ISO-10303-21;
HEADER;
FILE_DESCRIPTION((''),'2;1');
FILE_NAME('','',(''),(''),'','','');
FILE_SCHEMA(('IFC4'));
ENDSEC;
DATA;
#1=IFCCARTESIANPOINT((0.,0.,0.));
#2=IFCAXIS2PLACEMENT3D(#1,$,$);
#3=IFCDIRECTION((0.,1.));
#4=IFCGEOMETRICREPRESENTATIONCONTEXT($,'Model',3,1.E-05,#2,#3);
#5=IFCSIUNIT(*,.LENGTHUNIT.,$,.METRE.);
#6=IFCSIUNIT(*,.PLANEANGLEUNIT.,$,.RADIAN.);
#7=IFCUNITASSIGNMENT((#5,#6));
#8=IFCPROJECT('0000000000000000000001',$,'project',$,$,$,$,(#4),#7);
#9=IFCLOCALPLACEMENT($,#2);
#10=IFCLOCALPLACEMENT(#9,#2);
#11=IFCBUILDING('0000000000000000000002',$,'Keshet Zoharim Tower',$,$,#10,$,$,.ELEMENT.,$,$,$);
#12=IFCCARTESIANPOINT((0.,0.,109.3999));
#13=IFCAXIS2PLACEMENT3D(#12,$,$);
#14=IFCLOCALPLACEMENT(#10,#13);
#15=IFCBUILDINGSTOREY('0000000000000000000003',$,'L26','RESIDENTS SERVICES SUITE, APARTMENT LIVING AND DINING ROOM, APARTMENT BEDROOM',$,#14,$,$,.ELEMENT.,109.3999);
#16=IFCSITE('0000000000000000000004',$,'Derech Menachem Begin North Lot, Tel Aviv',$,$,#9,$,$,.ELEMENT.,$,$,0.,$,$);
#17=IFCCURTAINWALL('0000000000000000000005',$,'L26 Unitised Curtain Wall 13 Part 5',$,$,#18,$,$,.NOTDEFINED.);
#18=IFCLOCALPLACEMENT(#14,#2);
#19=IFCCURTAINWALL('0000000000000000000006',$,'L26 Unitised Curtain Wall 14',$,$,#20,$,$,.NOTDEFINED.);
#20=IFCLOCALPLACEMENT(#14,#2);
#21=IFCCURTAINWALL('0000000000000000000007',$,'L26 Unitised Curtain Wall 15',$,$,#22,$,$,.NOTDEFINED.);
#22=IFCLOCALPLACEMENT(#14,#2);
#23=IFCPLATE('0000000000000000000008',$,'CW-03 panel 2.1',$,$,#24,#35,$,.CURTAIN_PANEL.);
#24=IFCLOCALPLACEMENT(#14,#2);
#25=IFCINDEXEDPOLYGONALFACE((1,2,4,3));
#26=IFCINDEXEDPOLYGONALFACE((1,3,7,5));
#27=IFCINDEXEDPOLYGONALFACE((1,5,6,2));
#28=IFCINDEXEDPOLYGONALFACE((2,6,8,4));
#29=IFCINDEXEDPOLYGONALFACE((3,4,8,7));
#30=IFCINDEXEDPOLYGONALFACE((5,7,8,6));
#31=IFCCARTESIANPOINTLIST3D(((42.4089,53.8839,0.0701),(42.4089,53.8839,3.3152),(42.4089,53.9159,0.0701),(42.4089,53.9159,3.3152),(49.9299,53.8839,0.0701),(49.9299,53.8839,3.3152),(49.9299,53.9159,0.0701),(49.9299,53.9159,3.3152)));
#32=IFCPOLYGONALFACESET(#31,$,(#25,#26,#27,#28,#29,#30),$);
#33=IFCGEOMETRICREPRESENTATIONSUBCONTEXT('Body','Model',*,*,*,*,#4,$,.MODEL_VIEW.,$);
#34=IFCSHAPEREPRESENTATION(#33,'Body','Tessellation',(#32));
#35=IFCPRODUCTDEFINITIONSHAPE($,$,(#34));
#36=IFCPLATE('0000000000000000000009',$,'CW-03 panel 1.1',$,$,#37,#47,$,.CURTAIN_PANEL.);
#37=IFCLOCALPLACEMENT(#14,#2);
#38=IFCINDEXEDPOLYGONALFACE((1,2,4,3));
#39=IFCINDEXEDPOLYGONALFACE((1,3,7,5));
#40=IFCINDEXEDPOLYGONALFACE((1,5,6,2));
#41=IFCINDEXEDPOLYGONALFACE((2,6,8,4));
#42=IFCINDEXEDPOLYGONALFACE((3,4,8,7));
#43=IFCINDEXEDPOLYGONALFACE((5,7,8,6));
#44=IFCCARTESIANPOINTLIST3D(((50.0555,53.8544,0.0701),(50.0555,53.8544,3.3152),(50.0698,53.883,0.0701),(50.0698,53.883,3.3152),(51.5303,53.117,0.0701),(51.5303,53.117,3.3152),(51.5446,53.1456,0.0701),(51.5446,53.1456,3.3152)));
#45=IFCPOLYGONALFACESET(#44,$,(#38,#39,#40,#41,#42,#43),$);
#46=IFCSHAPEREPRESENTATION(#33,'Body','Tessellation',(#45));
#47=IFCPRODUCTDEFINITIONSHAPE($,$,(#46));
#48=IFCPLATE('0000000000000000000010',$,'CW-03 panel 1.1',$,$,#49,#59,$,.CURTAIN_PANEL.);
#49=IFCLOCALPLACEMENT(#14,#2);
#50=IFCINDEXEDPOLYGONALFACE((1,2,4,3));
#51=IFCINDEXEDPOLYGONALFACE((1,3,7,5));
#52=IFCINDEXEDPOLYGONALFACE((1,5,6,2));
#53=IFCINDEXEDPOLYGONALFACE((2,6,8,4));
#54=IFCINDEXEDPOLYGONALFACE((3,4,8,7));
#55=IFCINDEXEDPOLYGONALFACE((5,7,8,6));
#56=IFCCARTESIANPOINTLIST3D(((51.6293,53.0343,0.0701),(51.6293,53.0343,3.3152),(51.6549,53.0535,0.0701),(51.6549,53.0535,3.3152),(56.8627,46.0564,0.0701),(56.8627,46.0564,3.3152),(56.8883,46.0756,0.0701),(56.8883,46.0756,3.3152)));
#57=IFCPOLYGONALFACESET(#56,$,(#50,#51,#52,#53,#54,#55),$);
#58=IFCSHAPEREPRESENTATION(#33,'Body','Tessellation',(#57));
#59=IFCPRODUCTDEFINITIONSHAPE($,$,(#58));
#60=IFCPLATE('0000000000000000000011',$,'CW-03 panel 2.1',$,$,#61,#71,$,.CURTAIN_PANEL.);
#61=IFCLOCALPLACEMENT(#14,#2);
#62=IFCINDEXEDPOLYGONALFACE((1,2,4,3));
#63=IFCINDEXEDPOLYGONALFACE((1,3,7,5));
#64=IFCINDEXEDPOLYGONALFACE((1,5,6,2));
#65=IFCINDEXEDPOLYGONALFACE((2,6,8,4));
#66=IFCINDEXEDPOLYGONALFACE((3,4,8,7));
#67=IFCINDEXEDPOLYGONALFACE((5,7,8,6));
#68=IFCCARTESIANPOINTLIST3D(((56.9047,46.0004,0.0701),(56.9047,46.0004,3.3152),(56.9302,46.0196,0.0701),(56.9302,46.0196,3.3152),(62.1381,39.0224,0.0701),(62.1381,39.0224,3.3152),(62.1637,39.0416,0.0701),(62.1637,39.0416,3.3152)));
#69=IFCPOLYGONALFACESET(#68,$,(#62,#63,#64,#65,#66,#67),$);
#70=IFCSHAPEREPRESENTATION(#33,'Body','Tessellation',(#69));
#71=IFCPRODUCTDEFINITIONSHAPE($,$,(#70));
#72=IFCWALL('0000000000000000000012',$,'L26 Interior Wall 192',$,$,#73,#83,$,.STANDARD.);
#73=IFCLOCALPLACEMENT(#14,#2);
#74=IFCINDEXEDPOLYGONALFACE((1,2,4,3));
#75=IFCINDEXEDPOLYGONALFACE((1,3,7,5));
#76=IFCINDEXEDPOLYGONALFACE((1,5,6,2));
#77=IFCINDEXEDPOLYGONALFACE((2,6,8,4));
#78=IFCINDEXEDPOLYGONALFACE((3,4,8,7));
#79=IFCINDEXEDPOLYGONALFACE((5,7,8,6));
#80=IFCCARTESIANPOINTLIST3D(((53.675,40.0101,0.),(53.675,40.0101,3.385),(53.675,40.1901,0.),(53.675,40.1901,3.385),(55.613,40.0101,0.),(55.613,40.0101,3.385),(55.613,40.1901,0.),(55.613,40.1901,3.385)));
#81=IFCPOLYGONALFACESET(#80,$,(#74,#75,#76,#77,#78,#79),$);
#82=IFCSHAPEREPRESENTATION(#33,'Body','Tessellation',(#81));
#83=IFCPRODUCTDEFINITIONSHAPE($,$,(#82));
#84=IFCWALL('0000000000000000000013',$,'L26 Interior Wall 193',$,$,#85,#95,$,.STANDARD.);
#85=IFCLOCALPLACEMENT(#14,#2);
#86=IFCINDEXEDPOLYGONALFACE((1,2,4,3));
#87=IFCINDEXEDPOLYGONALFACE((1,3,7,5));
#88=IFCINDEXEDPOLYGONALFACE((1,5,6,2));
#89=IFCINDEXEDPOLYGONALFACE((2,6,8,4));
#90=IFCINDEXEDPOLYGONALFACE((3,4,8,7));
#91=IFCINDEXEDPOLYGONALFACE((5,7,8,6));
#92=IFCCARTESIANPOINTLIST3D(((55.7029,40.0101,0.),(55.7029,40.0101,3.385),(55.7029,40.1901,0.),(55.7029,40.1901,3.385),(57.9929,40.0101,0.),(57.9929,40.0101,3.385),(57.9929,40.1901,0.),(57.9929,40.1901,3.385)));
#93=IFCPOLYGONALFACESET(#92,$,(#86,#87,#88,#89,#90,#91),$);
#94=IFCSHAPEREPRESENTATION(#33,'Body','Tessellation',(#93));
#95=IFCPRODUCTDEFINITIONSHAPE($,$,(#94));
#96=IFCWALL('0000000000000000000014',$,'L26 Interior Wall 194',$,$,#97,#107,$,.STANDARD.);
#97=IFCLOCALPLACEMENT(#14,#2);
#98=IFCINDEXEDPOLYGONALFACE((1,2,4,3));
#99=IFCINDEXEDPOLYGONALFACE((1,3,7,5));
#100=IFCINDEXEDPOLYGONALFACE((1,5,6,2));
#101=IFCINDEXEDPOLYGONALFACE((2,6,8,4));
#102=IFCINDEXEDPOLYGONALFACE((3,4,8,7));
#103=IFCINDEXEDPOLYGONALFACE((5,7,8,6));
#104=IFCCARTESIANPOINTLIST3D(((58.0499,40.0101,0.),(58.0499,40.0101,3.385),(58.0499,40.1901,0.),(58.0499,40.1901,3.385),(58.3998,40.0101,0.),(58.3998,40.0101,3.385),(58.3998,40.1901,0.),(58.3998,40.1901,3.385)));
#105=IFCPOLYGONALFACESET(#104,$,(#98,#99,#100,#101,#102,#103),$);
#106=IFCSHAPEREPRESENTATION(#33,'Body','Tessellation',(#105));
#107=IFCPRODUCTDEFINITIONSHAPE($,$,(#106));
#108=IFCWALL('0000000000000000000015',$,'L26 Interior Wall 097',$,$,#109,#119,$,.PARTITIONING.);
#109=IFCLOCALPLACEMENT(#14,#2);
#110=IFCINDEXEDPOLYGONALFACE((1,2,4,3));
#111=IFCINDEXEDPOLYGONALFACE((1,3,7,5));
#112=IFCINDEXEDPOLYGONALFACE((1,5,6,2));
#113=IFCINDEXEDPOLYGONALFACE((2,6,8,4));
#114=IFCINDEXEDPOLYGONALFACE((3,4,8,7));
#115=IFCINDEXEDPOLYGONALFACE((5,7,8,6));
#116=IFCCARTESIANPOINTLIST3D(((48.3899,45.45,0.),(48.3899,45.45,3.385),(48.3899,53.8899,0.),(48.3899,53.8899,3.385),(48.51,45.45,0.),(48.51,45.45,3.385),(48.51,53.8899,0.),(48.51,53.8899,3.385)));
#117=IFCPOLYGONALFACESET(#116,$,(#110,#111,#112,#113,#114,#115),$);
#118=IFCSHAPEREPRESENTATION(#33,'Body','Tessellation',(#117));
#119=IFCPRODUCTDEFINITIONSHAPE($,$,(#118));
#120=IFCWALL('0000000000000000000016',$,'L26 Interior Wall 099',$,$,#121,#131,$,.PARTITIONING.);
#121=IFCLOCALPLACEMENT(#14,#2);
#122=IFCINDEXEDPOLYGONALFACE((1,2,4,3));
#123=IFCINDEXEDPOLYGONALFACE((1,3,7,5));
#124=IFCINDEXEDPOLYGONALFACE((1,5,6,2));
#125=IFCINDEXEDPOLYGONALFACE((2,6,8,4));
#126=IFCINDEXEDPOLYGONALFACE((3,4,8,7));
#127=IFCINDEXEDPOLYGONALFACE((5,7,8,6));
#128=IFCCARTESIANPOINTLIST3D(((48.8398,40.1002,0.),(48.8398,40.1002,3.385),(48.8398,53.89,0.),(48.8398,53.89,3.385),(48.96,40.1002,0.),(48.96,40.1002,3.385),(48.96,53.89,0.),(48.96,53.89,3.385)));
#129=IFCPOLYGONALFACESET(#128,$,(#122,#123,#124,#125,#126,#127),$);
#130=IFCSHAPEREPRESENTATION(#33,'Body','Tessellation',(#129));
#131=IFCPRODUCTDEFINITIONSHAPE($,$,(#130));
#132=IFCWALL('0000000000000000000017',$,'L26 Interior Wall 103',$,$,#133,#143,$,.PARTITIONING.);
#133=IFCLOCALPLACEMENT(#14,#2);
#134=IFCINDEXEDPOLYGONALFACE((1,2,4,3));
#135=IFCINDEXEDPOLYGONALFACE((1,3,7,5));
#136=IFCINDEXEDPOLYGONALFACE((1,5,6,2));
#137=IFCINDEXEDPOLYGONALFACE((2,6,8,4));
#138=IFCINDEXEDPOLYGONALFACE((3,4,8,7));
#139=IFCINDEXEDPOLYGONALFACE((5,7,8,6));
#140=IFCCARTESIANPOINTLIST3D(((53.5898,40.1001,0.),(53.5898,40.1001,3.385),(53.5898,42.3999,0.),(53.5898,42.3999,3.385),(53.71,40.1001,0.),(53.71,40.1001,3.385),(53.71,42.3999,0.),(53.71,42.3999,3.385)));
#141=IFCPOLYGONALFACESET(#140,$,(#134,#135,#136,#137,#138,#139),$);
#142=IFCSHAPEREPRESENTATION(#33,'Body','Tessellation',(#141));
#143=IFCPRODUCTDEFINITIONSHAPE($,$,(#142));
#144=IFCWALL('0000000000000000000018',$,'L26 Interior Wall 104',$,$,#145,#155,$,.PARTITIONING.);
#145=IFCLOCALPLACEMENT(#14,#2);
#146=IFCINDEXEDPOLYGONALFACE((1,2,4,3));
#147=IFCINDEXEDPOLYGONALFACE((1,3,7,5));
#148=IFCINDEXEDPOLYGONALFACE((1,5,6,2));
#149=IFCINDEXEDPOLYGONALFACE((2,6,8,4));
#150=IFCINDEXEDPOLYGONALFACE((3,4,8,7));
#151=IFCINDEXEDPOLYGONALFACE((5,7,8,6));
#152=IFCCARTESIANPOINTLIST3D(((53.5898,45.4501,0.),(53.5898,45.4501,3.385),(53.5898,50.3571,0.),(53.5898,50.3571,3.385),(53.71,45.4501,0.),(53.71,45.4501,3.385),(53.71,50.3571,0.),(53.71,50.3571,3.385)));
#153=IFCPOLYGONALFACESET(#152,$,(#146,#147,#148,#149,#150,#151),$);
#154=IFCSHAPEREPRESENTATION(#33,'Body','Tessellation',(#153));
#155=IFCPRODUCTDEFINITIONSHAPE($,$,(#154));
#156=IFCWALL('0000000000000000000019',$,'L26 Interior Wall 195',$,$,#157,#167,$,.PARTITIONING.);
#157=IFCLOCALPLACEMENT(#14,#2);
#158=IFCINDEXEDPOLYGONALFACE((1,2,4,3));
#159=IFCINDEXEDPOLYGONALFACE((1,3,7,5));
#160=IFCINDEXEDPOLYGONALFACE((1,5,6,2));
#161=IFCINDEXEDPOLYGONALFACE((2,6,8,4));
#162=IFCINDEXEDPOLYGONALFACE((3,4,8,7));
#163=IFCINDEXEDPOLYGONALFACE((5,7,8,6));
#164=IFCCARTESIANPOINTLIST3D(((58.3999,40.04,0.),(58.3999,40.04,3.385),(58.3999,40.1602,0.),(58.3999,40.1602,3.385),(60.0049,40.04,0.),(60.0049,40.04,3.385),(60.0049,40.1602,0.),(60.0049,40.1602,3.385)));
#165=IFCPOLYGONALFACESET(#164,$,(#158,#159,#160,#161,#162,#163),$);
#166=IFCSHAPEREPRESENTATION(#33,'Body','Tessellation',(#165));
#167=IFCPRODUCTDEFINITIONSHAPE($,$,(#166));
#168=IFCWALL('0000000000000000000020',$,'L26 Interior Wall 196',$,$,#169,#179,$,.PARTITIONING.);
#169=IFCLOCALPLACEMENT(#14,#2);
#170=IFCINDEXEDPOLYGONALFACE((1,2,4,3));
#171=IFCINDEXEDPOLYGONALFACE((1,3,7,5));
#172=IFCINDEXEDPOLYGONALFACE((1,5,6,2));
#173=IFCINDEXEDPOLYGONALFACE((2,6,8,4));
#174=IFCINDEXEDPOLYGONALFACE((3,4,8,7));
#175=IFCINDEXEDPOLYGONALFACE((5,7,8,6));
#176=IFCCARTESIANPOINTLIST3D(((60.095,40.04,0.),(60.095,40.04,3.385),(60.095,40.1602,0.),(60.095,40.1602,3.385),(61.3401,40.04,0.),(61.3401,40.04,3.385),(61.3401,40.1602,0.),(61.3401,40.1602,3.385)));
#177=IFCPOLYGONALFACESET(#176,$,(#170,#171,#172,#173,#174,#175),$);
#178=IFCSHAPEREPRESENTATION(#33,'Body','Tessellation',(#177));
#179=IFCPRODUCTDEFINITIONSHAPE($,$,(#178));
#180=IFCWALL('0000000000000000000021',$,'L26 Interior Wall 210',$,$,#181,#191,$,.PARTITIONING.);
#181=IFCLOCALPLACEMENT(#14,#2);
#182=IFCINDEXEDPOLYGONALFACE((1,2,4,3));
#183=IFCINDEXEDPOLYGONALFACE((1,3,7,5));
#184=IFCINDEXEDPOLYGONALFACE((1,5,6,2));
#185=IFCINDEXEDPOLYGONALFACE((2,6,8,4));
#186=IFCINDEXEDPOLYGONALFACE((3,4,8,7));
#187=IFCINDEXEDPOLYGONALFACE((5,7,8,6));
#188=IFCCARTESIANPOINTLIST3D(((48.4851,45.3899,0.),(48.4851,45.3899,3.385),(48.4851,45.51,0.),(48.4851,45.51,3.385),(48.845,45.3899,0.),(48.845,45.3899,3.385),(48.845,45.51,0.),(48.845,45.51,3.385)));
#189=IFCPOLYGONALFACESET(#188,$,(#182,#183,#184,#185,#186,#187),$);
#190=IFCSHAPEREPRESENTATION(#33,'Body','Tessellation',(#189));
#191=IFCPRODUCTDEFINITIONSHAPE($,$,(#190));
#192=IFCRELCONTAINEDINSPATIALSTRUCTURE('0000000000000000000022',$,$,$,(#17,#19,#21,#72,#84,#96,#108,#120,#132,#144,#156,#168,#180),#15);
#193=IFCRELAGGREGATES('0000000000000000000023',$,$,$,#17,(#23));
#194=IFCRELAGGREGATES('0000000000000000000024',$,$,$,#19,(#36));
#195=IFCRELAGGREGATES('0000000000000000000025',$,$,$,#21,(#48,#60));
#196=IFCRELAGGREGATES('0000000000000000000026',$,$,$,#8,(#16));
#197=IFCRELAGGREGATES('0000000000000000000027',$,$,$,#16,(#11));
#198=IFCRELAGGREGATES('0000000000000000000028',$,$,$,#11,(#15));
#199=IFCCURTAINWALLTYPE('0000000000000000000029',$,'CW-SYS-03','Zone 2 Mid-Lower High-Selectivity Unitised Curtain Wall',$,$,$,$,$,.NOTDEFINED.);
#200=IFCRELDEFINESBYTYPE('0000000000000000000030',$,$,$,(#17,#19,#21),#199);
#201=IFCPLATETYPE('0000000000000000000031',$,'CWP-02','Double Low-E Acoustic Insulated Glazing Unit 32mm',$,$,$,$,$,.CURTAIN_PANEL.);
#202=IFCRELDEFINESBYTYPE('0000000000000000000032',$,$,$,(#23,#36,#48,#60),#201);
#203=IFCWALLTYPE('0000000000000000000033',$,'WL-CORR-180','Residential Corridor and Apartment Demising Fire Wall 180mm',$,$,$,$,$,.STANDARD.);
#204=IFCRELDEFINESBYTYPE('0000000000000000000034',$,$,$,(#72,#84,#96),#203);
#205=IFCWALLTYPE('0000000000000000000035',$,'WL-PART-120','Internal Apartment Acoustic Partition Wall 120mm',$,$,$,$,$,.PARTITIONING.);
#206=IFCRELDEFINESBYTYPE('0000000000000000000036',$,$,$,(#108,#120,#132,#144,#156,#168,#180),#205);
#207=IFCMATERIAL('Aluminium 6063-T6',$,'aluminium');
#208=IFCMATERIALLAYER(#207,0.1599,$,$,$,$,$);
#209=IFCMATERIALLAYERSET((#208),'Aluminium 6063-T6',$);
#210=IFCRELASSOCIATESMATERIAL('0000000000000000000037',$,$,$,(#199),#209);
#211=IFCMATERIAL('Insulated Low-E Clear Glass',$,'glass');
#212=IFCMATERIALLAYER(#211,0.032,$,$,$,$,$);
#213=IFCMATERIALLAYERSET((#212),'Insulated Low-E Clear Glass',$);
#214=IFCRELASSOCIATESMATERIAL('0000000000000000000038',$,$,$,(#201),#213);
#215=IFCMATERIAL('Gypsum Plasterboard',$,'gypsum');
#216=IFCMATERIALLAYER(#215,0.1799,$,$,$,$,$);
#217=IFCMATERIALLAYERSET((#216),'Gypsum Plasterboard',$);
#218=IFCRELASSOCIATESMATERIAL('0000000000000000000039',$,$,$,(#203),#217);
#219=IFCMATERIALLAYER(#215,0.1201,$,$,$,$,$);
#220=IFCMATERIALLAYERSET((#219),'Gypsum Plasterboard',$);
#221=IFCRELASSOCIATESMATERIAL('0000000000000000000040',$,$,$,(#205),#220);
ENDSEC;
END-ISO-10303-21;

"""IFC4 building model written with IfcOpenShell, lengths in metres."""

from ifc_helpers import new_model, si_unit, direction, frame, frame_2d, origin, origin_2d, place, context, subcontext, project, spatial, rectangle, extrude, material, layer, layer_set, type_object, element, aggregate, save


model = new_model("IFC4")

# Units and contexts
model_context = context("Model", 3, precision=1e-05, world=origin(), true_north=direction((0.0, 1.0)))
body_context = subcontext(model_context, "Body", "Model", "MODEL_VIEW")
ifc_project = project(units=[si_unit("LENGTHUNIT", "METRE"), si_unit("PLANEANGLEUNIT", "RADIAN")], contexts=[model_context])

# Site, building, storey
site_placement = place(None, origin())
site = spatial("IfcSite", under=ifc_project, at=site_placement, Name="Derech Menachem Begin North Lot, Tel Aviv", CompositionType="ELEMENT", RefElevation=0.0)
building_placement = place(site_placement, origin())
building = spatial("IfcBuilding", under=site, at=building_placement, Name="Keshet Zoharim Tower", CompositionType="ELEMENT")
storey_placement = place(building_placement, frame((0.0, 0.0, 109.3999)))
storey = spatial("IfcBuildingStorey", under=building, at=storey_placement, Name="L26", Description="RESIDENTS SERVICES SUITE, APARTMENT LIVING AND DINING ROOM, APARTMENT BEDROOM", CompositionType="ELEMENT", Elevation=109.3999)

# Curtain wall
ifc_material_1 = material(Name="Aluminium 6063-T6", Category="aluminium")
ifc_layer_1 = layer(ifc_material_1, 0.1599)
ifc_layer_set_1 = layer_set([ifc_layer_1], Name="Aluminium 6063-T6")
curtain_wall_type = type_object("IfcCurtainWallType", Name="CW-SYS-03", Description="Zone 2 Mid-Lower High-Selectivity Unitised Curtain Wall", PredefinedType="NOTDEFINED", material=ifc_layer_set_1)
curtain_wall_1_placement = place(storey_placement, origin())
curtain_wall_1 = element("IfcCurtainWall", 1, at=curtain_wall_1_placement, inside=storey, type_object=curtain_wall_type, Name="L26 Unitised Curtain Wall 13 Part 5", PredefinedType="NOTDEFINED")

# Curtain walls
curtain_wall_2_placement = place(storey_placement, origin())
curtain_wall_2 = element("IfcCurtainWall", 2, at=curtain_wall_2_placement, inside=storey, type_object=curtain_wall_type, Name="L26 Unitised Curtain Wall 14", PredefinedType="NOTDEFINED")
curtain_wall_3_placement = place(storey_placement, origin())
curtain_wall_3 = element("IfcCurtainWall", 3, at=curtain_wall_3_placement, inside=storey, type_object=curtain_wall_type, Name="L26 Unitised Curtain Wall 15", PredefinedType="NOTDEFINED")

# Plates
ifc_material_2 = material(Name="Insulated Low-E Clear Glass", Category="glass")
ifc_layer_2 = layer(ifc_material_2, 0.032)
ifc_layer_set_2 = layer_set([ifc_layer_2], Name="Insulated Low-E Clear Glass")
plate_type = type_object("IfcPlateType", Name="CWP-02", Description="Double Low-E Acoustic Insulated Glazing Unit 32mm", PredefinedType="CURTAIN_PANEL", material=ifc_layer_set_2)
plate_1_placement = place(storey_placement, frame((46.1694, 53.8999, 0.0701), z_axis=(0.0, 0.0, 1.0), x_axis=(1.0, 0.0, 0.0)))
plate_1 = element("IfcPlate", 4, at=plate_1_placement, type_object=plate_type, Name="CW-03 panel 2.1", PredefinedType="CURTAIN_PANEL", context=body_context, shape_type="SweptSolid", body=[
    extrude(rectangle(XDim=7.521, YDim=0.032, at=origin_2d()), origin(), (0.0, 0.0, 1.0), 3.2451),
])
aggregate(curtain_wall_1, [plate_1])
plate_2_placement = place(storey_placement, frame((50.8, 53.5, 0.0701), z_axis=(0.0, 0.0, 1.0), x_axis=(0.894427, -0.447214, 0.0)))
plate_2 = element("IfcPlate", 5, at=plate_2_placement, type_object=plate_type, Name="CW-03 panel 1.1", PredefinedType="CURTAIN_PANEL", context=body_context, shape_type="SweptSolid", body=[
    extrude(rectangle(XDim=1.6489, YDim=0.032, at=origin_2d()), origin(), (0.0, 0.0, 1.0), 3.2451),
])
aggregate(curtain_wall_2, [plate_2])
plate_3_placement = place(storey_placement, frame((54.2588, 49.5549, 0.0701), z_axis=(0.0, 0.0, 1.0), x_axis=(0.6, -0.8, 0.0)))
plate_3 = element("IfcPlate", 6, at=plate_3_placement, type_object=plate_type, Name="CW-03 panel 1.1", PredefinedType="CURTAIN_PANEL", context=body_context, shape_type="SweptSolid", body=[
    extrude(rectangle(XDim=8.7224, YDim=0.032, at=origin_2d()), origin(), (0.0, 0.0, 1.0), 3.2451),
])
plate_4_placement = place(storey_placement, frame((59.5342, 42.521, 0.0701), z_axis=(0.0, 0.0, 1.0), x_axis=(0.6, -0.8, 0.0)))
plate_4 = element("IfcPlate", 7, at=plate_4_placement, type_object=plate_type, Name="CW-03 panel 2.1", PredefinedType="CURTAIN_PANEL", context=body_context, shape_type="SweptSolid", body=[
    extrude(rectangle(XDim=8.7224, YDim=0.032, at=origin_2d()), origin(), (0.0, 0.0, 1.0), 3.2451),
])
aggregate(curtain_wall_3, [plate_3, plate_4])

# Walls
ifc_material_3 = material(Name="Gypsum Plasterboard", Category="gypsum")
ifc_layer_3 = layer(ifc_material_3, 0.1799)
ifc_layer_set_3 = layer_set([ifc_layer_3], Name="Gypsum Plasterboard")
wall_type_1 = type_object("IfcWallType", Name="WL-CORR-180", Description="Residential Corridor and Apartment Demising Fire Wall 180mm", PredefinedType="STANDARD", material=ifc_layer_set_3)
wall_1_placement = place(storey_placement, frame((53.675, 40.1001, 0.0), z_axis=(0.0, 0.0, 1.0), x_axis=(1.0, 0.0, 0.0)))
element("IfcWall", 8, at=wall_1_placement, inside=storey, type_object=wall_type_1, Name="L26 Interior Wall 192", PredefinedType="STANDARD", context=body_context, shape_type="SweptSolid", body=[
    extrude(rectangle(XDim=1.938, YDim=0.1799, at=frame_2d((0.969, 0.0))), origin(), (0.0, 0.0, 1.0), 3.385),
])
wall_2_placement = place(storey_placement, frame((55.7029, 40.1001, 0.0), z_axis=(0.0, 0.0, 1.0), x_axis=(1.0, 0.0, 0.0)))
element("IfcWall", 9, at=wall_2_placement, inside=storey, type_object=wall_type_1, Name="L26 Interior Wall 193", PredefinedType="STANDARD", context=body_context, shape_type="SweptSolid", body=[
    extrude(rectangle(XDim=2.29, YDim=0.1799, at=frame_2d((1.145, 0.0))), origin(), (0.0, 0.0, 1.0), 3.385),
])
wall_3_placement = place(storey_placement, frame((58.05, 40.1001, 0.0), z_axis=(0.0, 0.0, 1.0), x_axis=(1.0, 0.0, 0.0)))
element("IfcWall", 10, at=wall_3_placement, inside=storey, type_object=wall_type_1, Name="L26 Interior Wall 194", PredefinedType="STANDARD", context=body_context, shape_type="SweptSolid", body=[
    extrude(rectangle(XDim=0.3499, YDim=0.1799, at=frame_2d((0.1748, 0.0))), origin(), (0.0, 0.0, 1.0), 3.385),
])
ifc_layer_4 = layer(ifc_material_3, 0.1201)
ifc_layer_set_4 = layer_set([ifc_layer_4], Name="Gypsum Plasterboard")
wall_type_2 = type_object("IfcWallType", Name="WL-PART-120", Description="Internal Apartment Acoustic Partition Wall 120mm", PredefinedType="PARTITIONING", material=ifc_layer_set_4)
wall_4_placement = place(storey_placement, frame((48.45, 45.45, 0.0), z_axis=(0.0, 0.0, 1.0), x_axis=(0.0, 1.0, 0.0)))
element("IfcWall", 11, at=wall_4_placement, inside=storey, type_object=wall_type_2, Name="L26 Interior Wall 097", PredefinedType="PARTITIONING", context=body_context, shape_type="SweptSolid", body=[
    extrude(rectangle(XDim=8.4399, YDim=0.1201, at=frame_2d((4.22, 0.0))), origin(), (0.0, 0.0, 1.0), 3.385),
])
wall_5_placement = place(storey_placement, frame((48.8999, 40.1001, 0.0), z_axis=(0.0, 0.0, 1.0), x_axis=(0.0, 1.0, 0.0)))
element("IfcWall", 12, at=wall_5_placement, inside=storey, type_object=wall_type_2, Name="L26 Interior Wall 099", PredefinedType="PARTITIONING", context=body_context, shape_type="SweptSolid", body=[
    extrude(rectangle(XDim=13.7898, YDim=0.1201, at=frame_2d((6.895, 0.0))), origin(), (0.0, 0.0, 1.0), 3.385),
])
wall_6_placement = place(storey_placement, frame((53.6499, 40.1001, 0.0), z_axis=(0.0, 0.0, 1.0), x_axis=(0.0, 1.0, 0.0)))
element("IfcWall", 13, at=wall_6_placement, inside=storey, type_object=wall_type_2, Name="L26 Interior Wall 103", PredefinedType="PARTITIONING", context=body_context, shape_type="SweptSolid", body=[
    extrude(rectangle(XDim=2.2998, YDim=0.1201, at=frame_2d((1.1499, 0.0))), origin(), (0.0, 0.0, 1.0), 3.385),
])
wall_7_placement = place(storey_placement, frame((53.6499, 45.45, 0.0), z_axis=(0.0, 0.0, 1.0), x_axis=(0.0, 1.0, 0.0)))
element("IfcWall", 14, at=wall_7_placement, inside=storey, type_object=wall_type_2, Name="L26 Interior Wall 104", PredefinedType="PARTITIONING", context=body_context, shape_type="SweptSolid", body=[
    extrude(rectangle(XDim=4.907, YDim=0.1201, at=frame_2d((2.4536, 0.0))), origin(), (0.0, 0.0, 1.0), 3.385),
])
wall_8_placement = place(storey_placement, frame((58.3999, 40.1001, 0.0), z_axis=(0.0, 0.0, 1.0), x_axis=(1.0, 0.0, 0.0)))
element("IfcWall", 15, at=wall_8_placement, inside=storey, type_object=wall_type_2, Name="L26 Interior Wall 195", PredefinedType="PARTITIONING", context=body_context, shape_type="SweptSolid", body=[
    extrude(rectangle(XDim=1.605, YDim=0.1201, at=frame_2d((0.8025, 0.0))), origin(), (0.0, 0.0, 1.0), 3.385),
])
wall_9_placement = place(storey_placement, frame((60.095, 40.1001, 0.0), z_axis=(0.0, 0.0, 1.0), x_axis=(1.0, 0.0, 0.0)))
element("IfcWall", 16, at=wall_9_placement, inside=storey, type_object=wall_type_2, Name="L26 Interior Wall 196", PredefinedType="PARTITIONING", context=body_context, shape_type="SweptSolid", body=[
    extrude(rectangle(XDim=1.2451, YDim=0.1201, at=frame_2d((0.6226, 0.0))), origin(), (0.0, 0.0, 1.0), 3.385),
])

# Wall
wall_10_placement = place(storey_placement, frame((48.4851, 45.45, 0.0), z_axis=(0.0, 0.0, 1.0), x_axis=(1.0, 0.0, 0.0)))
element("IfcWall", 17, at=wall_10_placement, inside=storey, type_object=wall_type_2, Name="L26 Interior Wall 210", PredefinedType="PARTITIONING", context=body_context, shape_type="SweptSolid", body=[
    extrude(rectangle(XDim=0.3599, YDim=0.1201, at=frame_2d((0.1799, 0.0))), origin(), (0.0, 0.0, 1.0), 3.385),
])

save(model, "model.ifc")
